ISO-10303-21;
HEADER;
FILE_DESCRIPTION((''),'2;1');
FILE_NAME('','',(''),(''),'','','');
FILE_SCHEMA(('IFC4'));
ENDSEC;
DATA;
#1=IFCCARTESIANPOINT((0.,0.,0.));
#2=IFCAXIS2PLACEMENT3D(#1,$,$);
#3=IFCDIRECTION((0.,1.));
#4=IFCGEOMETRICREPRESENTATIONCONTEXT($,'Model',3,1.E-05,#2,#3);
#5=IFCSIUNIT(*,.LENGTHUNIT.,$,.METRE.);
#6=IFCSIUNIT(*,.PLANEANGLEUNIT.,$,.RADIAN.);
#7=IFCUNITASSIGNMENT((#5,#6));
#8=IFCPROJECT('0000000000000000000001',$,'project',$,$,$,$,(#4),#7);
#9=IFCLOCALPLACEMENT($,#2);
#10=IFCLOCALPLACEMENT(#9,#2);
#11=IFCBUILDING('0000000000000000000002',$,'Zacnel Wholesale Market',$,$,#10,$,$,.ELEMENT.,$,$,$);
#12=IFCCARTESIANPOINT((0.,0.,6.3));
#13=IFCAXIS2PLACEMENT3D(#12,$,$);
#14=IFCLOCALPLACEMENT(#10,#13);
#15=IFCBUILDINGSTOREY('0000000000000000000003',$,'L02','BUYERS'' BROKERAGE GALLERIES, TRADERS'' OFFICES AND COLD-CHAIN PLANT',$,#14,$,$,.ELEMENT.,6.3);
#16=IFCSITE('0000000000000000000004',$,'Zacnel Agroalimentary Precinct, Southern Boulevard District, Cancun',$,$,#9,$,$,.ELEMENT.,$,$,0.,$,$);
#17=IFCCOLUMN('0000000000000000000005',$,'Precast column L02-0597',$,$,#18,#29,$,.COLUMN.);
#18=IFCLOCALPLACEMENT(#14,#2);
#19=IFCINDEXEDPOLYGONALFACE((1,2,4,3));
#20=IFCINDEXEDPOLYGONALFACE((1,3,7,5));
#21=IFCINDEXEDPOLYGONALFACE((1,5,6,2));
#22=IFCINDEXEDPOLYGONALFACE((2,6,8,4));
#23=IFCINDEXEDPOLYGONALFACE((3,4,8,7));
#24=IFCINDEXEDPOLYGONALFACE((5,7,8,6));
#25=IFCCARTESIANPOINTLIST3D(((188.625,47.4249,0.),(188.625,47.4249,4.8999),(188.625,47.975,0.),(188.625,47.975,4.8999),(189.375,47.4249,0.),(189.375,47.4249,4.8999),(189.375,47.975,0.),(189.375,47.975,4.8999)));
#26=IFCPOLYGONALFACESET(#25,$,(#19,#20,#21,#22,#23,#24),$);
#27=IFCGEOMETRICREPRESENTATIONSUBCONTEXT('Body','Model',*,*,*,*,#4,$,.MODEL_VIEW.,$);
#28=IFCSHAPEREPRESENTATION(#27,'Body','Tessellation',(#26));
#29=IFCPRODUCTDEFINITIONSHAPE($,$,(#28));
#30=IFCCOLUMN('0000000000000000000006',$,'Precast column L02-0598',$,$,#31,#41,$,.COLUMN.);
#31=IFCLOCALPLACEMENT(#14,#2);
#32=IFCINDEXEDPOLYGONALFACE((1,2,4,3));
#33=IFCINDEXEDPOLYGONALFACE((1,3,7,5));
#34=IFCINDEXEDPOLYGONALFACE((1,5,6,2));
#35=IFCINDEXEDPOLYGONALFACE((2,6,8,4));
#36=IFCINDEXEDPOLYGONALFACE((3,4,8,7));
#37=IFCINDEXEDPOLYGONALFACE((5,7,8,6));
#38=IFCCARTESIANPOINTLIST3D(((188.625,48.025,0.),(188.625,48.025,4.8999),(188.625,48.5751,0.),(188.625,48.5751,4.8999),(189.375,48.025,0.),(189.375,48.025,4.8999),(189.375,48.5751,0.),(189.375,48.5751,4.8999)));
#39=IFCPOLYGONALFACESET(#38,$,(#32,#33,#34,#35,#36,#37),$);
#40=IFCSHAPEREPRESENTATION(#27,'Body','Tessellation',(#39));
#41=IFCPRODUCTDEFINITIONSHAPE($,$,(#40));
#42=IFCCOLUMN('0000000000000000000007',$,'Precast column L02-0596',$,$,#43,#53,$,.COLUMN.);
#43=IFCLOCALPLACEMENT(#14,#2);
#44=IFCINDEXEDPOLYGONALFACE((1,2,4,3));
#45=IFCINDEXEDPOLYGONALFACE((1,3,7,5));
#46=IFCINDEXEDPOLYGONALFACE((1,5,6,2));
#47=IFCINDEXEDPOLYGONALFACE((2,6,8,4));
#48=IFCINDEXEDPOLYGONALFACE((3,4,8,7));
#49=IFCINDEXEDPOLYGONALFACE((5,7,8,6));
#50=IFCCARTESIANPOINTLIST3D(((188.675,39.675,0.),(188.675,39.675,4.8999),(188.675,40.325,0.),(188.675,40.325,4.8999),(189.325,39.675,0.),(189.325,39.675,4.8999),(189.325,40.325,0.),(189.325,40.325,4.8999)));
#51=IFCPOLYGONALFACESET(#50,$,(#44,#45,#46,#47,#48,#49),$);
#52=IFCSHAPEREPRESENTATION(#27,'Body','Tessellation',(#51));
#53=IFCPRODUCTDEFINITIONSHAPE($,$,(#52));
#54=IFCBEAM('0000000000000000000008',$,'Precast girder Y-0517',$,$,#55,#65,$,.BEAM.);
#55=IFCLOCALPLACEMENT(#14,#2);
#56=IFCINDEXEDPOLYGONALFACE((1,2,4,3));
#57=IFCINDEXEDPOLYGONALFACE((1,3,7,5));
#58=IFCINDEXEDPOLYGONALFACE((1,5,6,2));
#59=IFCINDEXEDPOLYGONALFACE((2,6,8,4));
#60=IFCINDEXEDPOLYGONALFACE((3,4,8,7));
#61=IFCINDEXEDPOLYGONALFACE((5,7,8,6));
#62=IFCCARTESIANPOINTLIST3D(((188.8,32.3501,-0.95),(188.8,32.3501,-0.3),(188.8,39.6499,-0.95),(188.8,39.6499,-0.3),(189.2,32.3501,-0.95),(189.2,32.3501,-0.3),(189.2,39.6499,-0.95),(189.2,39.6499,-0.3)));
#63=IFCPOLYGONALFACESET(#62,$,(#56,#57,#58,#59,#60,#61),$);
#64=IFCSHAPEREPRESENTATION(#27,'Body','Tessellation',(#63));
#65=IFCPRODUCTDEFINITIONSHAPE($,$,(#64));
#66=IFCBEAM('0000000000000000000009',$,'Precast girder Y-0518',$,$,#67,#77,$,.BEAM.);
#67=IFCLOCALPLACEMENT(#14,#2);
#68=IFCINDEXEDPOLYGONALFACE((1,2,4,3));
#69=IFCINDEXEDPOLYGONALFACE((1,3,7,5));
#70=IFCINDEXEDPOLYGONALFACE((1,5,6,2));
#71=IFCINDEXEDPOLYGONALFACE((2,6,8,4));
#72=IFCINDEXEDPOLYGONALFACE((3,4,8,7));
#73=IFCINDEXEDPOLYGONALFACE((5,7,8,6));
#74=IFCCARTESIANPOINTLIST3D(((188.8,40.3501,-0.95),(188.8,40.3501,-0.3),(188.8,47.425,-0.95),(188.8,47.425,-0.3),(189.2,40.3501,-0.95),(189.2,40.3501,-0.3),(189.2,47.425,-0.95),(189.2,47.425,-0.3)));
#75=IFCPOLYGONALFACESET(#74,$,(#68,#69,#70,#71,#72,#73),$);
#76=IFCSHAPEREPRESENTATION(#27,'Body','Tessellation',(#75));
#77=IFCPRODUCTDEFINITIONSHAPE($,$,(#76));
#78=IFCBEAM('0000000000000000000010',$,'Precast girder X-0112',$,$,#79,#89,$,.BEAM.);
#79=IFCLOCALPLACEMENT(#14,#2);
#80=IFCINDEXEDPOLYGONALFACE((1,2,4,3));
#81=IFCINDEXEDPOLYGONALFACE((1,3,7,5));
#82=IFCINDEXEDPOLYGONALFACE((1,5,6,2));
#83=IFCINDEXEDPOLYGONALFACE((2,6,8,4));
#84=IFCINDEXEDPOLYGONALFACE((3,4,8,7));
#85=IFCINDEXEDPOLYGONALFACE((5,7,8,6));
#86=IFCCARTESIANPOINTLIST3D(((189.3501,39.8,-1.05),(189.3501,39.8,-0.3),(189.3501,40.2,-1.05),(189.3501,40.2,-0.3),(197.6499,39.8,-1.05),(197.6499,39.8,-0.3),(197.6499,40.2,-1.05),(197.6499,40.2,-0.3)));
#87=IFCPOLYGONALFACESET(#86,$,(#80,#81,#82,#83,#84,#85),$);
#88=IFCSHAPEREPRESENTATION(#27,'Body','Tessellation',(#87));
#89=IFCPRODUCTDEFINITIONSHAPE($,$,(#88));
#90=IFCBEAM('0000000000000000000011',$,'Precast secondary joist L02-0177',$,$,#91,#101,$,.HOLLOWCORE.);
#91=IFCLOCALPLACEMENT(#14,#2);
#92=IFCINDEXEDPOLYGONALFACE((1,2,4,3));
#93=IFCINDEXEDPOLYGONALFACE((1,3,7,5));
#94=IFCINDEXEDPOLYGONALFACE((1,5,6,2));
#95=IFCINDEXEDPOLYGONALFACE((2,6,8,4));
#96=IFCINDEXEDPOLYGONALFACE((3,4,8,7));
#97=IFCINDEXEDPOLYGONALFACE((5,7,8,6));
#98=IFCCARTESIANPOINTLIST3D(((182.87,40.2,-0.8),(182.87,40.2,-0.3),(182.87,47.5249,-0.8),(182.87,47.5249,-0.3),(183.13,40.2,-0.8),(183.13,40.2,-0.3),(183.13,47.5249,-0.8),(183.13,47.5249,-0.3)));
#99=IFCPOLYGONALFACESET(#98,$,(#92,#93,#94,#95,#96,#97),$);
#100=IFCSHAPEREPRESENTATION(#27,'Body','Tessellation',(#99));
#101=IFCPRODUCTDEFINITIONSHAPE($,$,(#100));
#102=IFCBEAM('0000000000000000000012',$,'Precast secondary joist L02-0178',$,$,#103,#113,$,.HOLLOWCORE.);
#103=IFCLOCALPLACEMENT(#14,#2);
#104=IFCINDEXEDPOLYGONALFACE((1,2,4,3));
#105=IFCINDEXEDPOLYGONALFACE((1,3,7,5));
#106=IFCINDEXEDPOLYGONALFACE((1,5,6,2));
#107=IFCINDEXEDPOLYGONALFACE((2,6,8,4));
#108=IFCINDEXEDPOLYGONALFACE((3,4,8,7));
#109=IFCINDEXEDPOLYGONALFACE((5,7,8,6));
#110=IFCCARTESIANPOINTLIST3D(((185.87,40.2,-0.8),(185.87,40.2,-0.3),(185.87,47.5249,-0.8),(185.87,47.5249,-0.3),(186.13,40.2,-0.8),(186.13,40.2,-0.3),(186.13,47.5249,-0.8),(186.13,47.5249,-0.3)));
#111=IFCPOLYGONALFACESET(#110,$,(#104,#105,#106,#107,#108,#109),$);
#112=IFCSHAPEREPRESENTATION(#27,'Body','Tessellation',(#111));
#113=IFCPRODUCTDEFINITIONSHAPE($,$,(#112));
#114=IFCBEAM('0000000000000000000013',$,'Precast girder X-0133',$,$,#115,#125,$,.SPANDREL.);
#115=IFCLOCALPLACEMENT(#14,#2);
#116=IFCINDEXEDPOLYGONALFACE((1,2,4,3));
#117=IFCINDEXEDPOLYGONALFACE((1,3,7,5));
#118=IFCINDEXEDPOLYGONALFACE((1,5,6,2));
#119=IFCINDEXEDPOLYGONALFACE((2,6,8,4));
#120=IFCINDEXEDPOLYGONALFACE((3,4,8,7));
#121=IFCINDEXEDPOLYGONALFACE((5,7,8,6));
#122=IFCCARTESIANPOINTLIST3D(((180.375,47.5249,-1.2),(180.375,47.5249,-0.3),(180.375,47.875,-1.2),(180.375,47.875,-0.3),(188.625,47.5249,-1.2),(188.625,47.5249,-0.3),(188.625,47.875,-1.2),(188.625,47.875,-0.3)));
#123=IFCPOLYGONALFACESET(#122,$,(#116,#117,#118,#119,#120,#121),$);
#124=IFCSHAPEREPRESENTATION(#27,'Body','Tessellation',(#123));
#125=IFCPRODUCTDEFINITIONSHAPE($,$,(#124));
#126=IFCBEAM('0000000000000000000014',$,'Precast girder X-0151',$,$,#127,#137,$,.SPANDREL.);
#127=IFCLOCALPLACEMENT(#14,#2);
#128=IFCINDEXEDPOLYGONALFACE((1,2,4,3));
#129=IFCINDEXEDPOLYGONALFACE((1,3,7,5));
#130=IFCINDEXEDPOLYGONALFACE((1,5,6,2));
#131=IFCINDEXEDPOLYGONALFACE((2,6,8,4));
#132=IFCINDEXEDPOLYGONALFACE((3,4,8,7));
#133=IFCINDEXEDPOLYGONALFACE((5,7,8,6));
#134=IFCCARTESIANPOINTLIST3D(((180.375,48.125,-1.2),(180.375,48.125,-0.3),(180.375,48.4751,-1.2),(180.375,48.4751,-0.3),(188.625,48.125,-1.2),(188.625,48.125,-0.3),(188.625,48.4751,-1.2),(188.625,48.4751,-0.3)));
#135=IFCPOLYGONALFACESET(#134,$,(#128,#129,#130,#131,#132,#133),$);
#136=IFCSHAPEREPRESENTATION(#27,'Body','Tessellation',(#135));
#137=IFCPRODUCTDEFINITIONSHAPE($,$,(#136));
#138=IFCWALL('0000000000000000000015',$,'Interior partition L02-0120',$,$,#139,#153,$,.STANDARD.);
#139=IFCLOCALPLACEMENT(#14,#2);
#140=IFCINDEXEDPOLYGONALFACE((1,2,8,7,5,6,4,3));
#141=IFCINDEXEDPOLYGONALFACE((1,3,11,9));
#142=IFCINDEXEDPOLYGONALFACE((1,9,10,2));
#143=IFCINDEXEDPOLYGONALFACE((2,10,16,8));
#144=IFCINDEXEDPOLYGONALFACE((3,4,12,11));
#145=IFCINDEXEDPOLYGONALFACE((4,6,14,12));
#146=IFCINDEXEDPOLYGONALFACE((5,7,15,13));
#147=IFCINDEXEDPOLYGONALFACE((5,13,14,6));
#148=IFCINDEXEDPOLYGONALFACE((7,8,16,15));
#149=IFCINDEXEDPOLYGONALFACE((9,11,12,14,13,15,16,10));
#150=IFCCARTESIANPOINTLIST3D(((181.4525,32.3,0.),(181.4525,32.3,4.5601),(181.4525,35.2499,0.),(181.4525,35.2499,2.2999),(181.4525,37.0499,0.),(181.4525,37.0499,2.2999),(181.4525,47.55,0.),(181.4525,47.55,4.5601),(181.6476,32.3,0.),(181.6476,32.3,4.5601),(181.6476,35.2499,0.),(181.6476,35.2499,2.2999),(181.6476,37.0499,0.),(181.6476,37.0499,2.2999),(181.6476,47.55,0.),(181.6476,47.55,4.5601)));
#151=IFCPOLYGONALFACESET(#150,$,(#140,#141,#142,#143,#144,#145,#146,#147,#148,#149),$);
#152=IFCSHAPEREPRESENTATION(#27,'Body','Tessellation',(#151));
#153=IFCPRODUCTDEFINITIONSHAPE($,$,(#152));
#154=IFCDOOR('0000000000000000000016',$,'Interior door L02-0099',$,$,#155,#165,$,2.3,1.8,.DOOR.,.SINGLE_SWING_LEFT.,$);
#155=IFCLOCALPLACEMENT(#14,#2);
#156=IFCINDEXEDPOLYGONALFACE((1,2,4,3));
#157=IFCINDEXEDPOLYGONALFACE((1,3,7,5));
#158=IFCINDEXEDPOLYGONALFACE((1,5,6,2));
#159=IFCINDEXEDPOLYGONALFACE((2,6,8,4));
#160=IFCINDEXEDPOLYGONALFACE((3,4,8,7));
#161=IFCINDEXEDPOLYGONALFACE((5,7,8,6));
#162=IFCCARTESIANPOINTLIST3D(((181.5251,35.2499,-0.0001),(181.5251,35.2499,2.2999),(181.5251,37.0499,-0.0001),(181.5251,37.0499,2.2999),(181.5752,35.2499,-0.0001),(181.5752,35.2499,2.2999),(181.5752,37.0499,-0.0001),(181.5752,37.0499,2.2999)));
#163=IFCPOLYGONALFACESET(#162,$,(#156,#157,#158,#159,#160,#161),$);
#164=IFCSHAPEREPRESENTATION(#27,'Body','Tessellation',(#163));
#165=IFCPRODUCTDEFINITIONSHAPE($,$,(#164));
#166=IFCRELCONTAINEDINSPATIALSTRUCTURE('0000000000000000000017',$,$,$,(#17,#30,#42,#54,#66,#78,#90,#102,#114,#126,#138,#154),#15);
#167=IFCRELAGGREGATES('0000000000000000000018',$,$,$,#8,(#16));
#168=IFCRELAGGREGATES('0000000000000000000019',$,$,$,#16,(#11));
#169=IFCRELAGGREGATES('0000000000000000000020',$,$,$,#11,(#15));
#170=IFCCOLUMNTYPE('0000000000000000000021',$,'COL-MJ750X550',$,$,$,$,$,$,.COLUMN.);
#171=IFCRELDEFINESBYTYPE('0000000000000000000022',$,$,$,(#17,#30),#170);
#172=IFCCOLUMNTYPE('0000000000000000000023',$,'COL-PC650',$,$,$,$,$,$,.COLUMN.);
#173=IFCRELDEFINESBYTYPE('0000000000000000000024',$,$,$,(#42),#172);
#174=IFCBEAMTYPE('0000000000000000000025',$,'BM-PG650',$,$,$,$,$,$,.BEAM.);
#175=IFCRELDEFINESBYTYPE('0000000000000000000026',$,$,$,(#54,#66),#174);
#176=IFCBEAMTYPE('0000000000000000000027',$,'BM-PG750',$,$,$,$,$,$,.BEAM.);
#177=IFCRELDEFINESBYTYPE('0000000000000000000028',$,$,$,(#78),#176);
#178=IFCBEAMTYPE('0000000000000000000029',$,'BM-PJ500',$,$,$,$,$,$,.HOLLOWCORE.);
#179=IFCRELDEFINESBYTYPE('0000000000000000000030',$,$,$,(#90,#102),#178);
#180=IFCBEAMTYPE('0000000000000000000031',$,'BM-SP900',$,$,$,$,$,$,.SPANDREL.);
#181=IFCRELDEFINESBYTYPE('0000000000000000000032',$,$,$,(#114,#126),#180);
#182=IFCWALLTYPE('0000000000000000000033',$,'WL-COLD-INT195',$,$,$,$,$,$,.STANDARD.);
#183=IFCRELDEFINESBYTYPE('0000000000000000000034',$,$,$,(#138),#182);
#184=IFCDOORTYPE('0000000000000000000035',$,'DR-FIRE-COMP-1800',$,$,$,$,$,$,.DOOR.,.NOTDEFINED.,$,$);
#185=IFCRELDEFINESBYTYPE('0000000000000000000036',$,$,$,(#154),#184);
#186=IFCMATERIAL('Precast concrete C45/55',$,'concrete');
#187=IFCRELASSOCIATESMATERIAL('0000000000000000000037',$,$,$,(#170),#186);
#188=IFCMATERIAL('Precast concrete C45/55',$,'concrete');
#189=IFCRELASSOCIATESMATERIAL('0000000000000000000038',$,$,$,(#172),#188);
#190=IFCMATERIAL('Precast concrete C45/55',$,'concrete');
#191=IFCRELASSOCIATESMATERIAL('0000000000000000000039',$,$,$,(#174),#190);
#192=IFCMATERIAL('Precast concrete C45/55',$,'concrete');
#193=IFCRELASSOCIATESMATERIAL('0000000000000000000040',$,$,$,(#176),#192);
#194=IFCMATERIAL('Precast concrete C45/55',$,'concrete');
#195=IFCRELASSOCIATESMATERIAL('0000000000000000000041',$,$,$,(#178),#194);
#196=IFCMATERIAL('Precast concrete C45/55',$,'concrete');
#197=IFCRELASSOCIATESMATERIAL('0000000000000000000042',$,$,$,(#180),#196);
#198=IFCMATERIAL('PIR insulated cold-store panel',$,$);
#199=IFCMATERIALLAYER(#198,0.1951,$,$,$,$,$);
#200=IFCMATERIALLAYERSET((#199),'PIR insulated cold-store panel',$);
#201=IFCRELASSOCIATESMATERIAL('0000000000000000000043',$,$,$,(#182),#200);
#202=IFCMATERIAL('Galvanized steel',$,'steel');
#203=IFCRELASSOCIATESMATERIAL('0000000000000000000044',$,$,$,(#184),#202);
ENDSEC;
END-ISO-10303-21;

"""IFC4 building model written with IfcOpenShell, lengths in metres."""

from ifc_helpers import new_model, si_unit, direction, frame, frame_2d, origin, origin_2d, place, context, subcontext, project, spatial, rectangle, extrude, material, layer, layer_set, material_profile, profile_set, type_object, element, fill, save


model = new_model("IFC4")

# Units and contexts
model_context = context("Model", 3, precision=1e-05, world=origin(), true_north=direction((0.0, 1.0)))
body_context = subcontext(model_context, "Body", "Model", "MODEL_VIEW")
ifc_project = project(units=[si_unit("LENGTHUNIT", "METRE"), si_unit("PLANEANGLEUNIT", "RADIAN")], contexts=[model_context])

# Site, building, storey
site_placement = place(None, origin())
site = spatial("IfcSite", under=ifc_project, at=site_placement, Name="Zacnel Agroalimentary Precinct, Southern Boulevard District, Cancun", CompositionType="ELEMENT", RefElevation=0.0)
building_placement = place(site_placement, origin())
building = spatial("IfcBuilding", under=site, at=building_placement, Name="Zacnel Wholesale Market", CompositionType="ELEMENT")
storey_placement = place(building_placement, frame((0.0, 0.0, 6.3)))
storey = spatial("IfcBuildingStorey", under=building, at=storey_placement, Name="L02", Description="BUYERS' BROKERAGE GALLERIES, TRADERS' OFFICES AND COLD-CHAIN PLANT", CompositionType="ELEMENT", Elevation=6.3)

# Columns
ifc_material_1 = material(Name="Precast concrete C45/55", Category="concrete")
ifc_material_profile_1 = material_profile(ifc_material_1, rectangle(XDim=0.75, YDim=0.55, at=origin_2d()), Name="PC 750x550")
ifc_profile_set_1 = profile_set([ifc_material_profile_1], Name="Precast concrete C45/55")
column_type_1 = type_object("IfcColumnType", Name="COL-MJ750X550", PredefinedType="COLUMN", material=ifc_profile_set_1)
for number, where, z_axis, x_axis, name in (
    (1, (189.0, 47.7, 0.0), (0.0, 0.0, 1.0), (1.0, 0.0, 0.0), "Precast column L02-0597"),
    (2, (189.0, 48.3, 0.0), (0.0, 0.0, 1.0), (1.0, 0.0, 0.0), "Precast column L02-0598"),
):
    element("IfcColumn", number, at=place(storey_placement, frame(where, z_axis=z_axis, x_axis=x_axis)), inside=storey, type_object=column_type_1, Name=name, PredefinedType="COLUMN", context=body_context, shape_type="SweptSolid", body=[
        extrude(rectangle(XDim=0.75, YDim=0.55, at=origin_2d()), origin(), (0.0, 0.0, 1.0), 4.8999),
    ])
ifc_material_2 = material(Name="Precast concrete C45/55", Category="concrete")
ifc_material_profile_2 = material_profile(ifc_material_2, rectangle(XDim=0.6499, YDim=0.6499, at=origin_2d()), Name="PC 650x650")
ifc_profile_set_2 = profile_set([ifc_material_profile_2], Name="Precast concrete C45/55")
column_type_2 = type_object("IfcColumnType", Name="COL-PC650", PredefinedType="COLUMN", material=ifc_profile_set_2)
column_placement = place(storey_placement, frame((189.0, 40.0, 0.0), z_axis=(0.0, 0.0, 1.0), x_axis=(1.0, 0.0, 0.0)))
element("IfcColumn", 3, at=column_placement, inside=storey, type_object=column_type_2, Name="Precast column L02-0596", PredefinedType="COLUMN", context=body_context, shape_type="SweptSolid", body=[
    extrude(rectangle(XDim=0.6499, YDim=0.6499, at=origin_2d()), origin(), (0.0, 0.0, 1.0), 4.8999),
])

# Beams
ifc_material_3 = material(Name="Precast concrete C45/55", Category="concrete")
ifc_material_profile_3 = material_profile(ifc_material_3, rectangle(XDim=0.3999, YDim=0.6499, at=origin_2d()), Name="PG 400x650")
ifc_profile_set_3 = profile_set([ifc_material_profile_3], Name="Precast concrete C45/55")
beam_type_1 = type_object("IfcBeamType", Name="BM-PG650", PredefinedType="BEAM", material=ifc_profile_set_3)
beam_1_placement = place(storey_placement, frame((189.0, 32.3501, -0.625), z_axis=(0.0, 1.0, 0.0), x_axis=(-1.0, 0.0, 0.0)))
element("IfcBeam", 4, at=beam_1_placement, inside=storey, type_object=beam_type_1, Name="Precast girder Y-0517", PredefinedType="BEAM", context=body_context, shape_type="SweptSolid", body=[
    extrude(rectangle(XDim=0.3999, YDim=0.6499, at=origin_2d()), origin(), (0.0, 0.0, 1.0), 7.2998),
])
beam_2_placement = place(storey_placement, frame((189.0, 40.3501, -0.625), z_axis=(0.0, 1.0, 0.0), x_axis=(-1.0, 0.0, 0.0)))
element("IfcBeam", 5, at=beam_2_placement, inside=storey, type_object=beam_type_1, Name="Precast girder Y-0518", PredefinedType="BEAM", context=body_context, shape_type="SweptSolid", body=[
    extrude(rectangle(XDim=0.3999, YDim=0.6499, at=origin_2d()), origin(), (0.0, 0.0, 1.0), 7.075),
])
ifc_material_4 = material(Name="Precast concrete C45/55", Category="concrete")
ifc_material_profile_4 = material_profile(ifc_material_4, rectangle(XDim=0.3999, YDim=0.75, at=origin_2d()), Name="PG 400x750")
ifc_profile_set_4 = profile_set([ifc_material_profile_4], Name="Precast concrete C45/55")
beam_type_2 = type_object("IfcBeamType", Name="BM-PG750", PredefinedType="BEAM", material=ifc_profile_set_4)
beam_3_placement = place(storey_placement, frame((189.3501, 40.0, -0.675), z_axis=(1.0, 0.0, 0.0), x_axis=(0.0, 1.0, 0.0)))
element("IfcBeam", 6, at=beam_3_placement, inside=storey, type_object=beam_type_2, Name="Precast girder X-0112", PredefinedType="BEAM", context=body_context, shape_type="SweptSolid", body=[
    extrude(rectangle(XDim=0.3999, YDim=0.75, at=origin_2d()), origin(), (0.0, 0.0, 1.0), 8.2998),
])
ifc_material_5 = material(Name="Precast concrete C45/55", Category="concrete")
ifc_material_profile_5 = material_profile(ifc_material_5, rectangle(XDim=0.26, YDim=0.5, at=origin_2d()), Name="PJ 260x500")
ifc_profile_set_5 = profile_set([ifc_material_profile_5], Name="Precast concrete C45/55")
beam_type_3 = type_object("IfcBeamType", Name="BM-PJ500", PredefinedType="HOLLOWCORE", material=ifc_profile_set_5)
for number, where, z_axis, x_axis, name in (
    (7, (183.0, 40.2, -0.55), (0.0, 1.0, 0.0), (-1.0, 0.0, 0.0), "Precast secondary joist L02-0177"),
    (8, (186.0, 40.2, -0.55), (0.0, 1.0, 0.0), (-1.0, 0.0, 0.0), "Precast secondary joist L02-0178"),
):
    element("IfcBeam", number, at=place(storey_placement, frame(where, z_axis=z_axis, x_axis=x_axis)), inside=storey, type_object=beam_type_3, Name=name, PredefinedType="HOLLOWCORE", context=body_context, shape_type="SweptSolid", body=[
        extrude(rectangle(XDim=0.26, YDim=0.5, at=origin_2d()), origin(), (0.0, 0.0, 1.0), 7.325),
    ])
ifc_material_6 = material(Name="Precast concrete C45/55", Category="concrete")
ifc_material_profile_6 = material_profile(ifc_material_6, rectangle(XDim=0.3501, YDim=0.8999, at=origin_2d()), Name="SP 350x900")
ifc_profile_set_6 = profile_set([ifc_material_profile_6], Name="Precast concrete C45/55")
beam_type_4 = type_object("IfcBeamType", Name="BM-SP900", PredefinedType="SPANDREL", material=ifc_profile_set_6)
for number, where, z_axis, x_axis, name in (
    (9, (180.375, 47.7, -0.75), (1.0, 0.0, 0.0), (0.0, 1.0, 0.0), "Precast girder X-0133"),
    (10, (180.375, 48.3, -0.75), (1.0, 0.0, 0.0), (0.0, 1.0, 0.0), "Precast girder X-0151"),
):
    element("IfcBeam", number, at=place(storey_placement, frame(where, z_axis=z_axis, x_axis=x_axis)), inside=storey, type_object=beam_type_4, Name=name, PredefinedType="SPANDREL", context=body_context, shape_type="SweptSolid", body=[
        extrude(rectangle(XDim=0.3501, YDim=0.8999, at=origin_2d()), origin(), (0.0, 0.0, 1.0), 8.25),
    ])

# Wall, opening, door
ifc_material_7 = material(Name="PIR insulated cold-store panel")
ifc_layer_1 = layer(ifc_material_7, 0.1951)
ifc_layer_set_1 = layer_set([ifc_layer_1], Name="PIR insulated cold-store panel")
wall_type_1 = type_object("IfcWallType", Name="WL-COLD-INT195", PredefinedType="STANDARD", material=ifc_layer_set_1)
wall_1_placement = place(storey_placement, frame((181.55, 32.3, 0.0), z_axis=(0.0, 0.0, 1.0), x_axis=(0.0, 1.0, 0.0)))
wall_1 = element("IfcWall", 11, at=wall_1_placement, inside=storey, type_object=wall_type_1, Name="Interior partition L02-0120", PredefinedType="STANDARD", context=body_context, shape_type="SweptSolid", body=[
    extrude(rectangle(XDim=15.25, YDim=0.1951, at=frame_2d((7.625, 0.0))), origin(), (0.0, 0.0, 1.0), 4.5601),
])
opening_1_placement = place(wall_1_placement, frame((2.95, 0.0, 0.0)))
opening_1 = element("IfcOpeningElement", 12, at=opening_1_placement, cuts=wall_1, PredefinedType="OPENING", context=body_context, shape_type="SweptSolid", body=[
    extrude(rectangle(XDim=1.8, YDim=2.3, at=frame_2d((0.8999, 1.1499))), frame((0.0, 0.1074, 0.0), z_axis=(0.0, -1.0, 0.0), x_axis=(1.0, 0.0, 0.0)), (0.0, 0.0, 1.0), 0.2151),
])
ifc_material_8 = material(Name="Galvanized steel", Category="steel")
door_type = type_object("IfcDoorType", Name="DR-FIRE-COMP-1800", OperationType="NOTDEFINED", PredefinedType="DOOR", material=ifc_material_8)
door_placement = place(opening_1_placement, origin())
door = element("IfcDoor", 13, at=door_placement, inside=storey, type_object=door_type, Name="Interior door L02-0099", OperationType="SINGLE_SWING_LEFT", OverallHeight=2.3, OverallWidth=1.8, PredefinedType="DOOR", context=body_context, shape_type="SweptSolid", body=[
    extrude(rectangle(XDim=1.8, YDim=2.3, at=frame_2d((0.8999, 1.1499))), frame((0.0, 0.0249, 0.0), z_axis=(0.0, -1.0, 0.0), x_axis=(1.0, 0.0, 0.0)), (0.0, 0.0, 1.0), 0.05),
])
fill(opening_1, door)

save(model, "model.ifc")
